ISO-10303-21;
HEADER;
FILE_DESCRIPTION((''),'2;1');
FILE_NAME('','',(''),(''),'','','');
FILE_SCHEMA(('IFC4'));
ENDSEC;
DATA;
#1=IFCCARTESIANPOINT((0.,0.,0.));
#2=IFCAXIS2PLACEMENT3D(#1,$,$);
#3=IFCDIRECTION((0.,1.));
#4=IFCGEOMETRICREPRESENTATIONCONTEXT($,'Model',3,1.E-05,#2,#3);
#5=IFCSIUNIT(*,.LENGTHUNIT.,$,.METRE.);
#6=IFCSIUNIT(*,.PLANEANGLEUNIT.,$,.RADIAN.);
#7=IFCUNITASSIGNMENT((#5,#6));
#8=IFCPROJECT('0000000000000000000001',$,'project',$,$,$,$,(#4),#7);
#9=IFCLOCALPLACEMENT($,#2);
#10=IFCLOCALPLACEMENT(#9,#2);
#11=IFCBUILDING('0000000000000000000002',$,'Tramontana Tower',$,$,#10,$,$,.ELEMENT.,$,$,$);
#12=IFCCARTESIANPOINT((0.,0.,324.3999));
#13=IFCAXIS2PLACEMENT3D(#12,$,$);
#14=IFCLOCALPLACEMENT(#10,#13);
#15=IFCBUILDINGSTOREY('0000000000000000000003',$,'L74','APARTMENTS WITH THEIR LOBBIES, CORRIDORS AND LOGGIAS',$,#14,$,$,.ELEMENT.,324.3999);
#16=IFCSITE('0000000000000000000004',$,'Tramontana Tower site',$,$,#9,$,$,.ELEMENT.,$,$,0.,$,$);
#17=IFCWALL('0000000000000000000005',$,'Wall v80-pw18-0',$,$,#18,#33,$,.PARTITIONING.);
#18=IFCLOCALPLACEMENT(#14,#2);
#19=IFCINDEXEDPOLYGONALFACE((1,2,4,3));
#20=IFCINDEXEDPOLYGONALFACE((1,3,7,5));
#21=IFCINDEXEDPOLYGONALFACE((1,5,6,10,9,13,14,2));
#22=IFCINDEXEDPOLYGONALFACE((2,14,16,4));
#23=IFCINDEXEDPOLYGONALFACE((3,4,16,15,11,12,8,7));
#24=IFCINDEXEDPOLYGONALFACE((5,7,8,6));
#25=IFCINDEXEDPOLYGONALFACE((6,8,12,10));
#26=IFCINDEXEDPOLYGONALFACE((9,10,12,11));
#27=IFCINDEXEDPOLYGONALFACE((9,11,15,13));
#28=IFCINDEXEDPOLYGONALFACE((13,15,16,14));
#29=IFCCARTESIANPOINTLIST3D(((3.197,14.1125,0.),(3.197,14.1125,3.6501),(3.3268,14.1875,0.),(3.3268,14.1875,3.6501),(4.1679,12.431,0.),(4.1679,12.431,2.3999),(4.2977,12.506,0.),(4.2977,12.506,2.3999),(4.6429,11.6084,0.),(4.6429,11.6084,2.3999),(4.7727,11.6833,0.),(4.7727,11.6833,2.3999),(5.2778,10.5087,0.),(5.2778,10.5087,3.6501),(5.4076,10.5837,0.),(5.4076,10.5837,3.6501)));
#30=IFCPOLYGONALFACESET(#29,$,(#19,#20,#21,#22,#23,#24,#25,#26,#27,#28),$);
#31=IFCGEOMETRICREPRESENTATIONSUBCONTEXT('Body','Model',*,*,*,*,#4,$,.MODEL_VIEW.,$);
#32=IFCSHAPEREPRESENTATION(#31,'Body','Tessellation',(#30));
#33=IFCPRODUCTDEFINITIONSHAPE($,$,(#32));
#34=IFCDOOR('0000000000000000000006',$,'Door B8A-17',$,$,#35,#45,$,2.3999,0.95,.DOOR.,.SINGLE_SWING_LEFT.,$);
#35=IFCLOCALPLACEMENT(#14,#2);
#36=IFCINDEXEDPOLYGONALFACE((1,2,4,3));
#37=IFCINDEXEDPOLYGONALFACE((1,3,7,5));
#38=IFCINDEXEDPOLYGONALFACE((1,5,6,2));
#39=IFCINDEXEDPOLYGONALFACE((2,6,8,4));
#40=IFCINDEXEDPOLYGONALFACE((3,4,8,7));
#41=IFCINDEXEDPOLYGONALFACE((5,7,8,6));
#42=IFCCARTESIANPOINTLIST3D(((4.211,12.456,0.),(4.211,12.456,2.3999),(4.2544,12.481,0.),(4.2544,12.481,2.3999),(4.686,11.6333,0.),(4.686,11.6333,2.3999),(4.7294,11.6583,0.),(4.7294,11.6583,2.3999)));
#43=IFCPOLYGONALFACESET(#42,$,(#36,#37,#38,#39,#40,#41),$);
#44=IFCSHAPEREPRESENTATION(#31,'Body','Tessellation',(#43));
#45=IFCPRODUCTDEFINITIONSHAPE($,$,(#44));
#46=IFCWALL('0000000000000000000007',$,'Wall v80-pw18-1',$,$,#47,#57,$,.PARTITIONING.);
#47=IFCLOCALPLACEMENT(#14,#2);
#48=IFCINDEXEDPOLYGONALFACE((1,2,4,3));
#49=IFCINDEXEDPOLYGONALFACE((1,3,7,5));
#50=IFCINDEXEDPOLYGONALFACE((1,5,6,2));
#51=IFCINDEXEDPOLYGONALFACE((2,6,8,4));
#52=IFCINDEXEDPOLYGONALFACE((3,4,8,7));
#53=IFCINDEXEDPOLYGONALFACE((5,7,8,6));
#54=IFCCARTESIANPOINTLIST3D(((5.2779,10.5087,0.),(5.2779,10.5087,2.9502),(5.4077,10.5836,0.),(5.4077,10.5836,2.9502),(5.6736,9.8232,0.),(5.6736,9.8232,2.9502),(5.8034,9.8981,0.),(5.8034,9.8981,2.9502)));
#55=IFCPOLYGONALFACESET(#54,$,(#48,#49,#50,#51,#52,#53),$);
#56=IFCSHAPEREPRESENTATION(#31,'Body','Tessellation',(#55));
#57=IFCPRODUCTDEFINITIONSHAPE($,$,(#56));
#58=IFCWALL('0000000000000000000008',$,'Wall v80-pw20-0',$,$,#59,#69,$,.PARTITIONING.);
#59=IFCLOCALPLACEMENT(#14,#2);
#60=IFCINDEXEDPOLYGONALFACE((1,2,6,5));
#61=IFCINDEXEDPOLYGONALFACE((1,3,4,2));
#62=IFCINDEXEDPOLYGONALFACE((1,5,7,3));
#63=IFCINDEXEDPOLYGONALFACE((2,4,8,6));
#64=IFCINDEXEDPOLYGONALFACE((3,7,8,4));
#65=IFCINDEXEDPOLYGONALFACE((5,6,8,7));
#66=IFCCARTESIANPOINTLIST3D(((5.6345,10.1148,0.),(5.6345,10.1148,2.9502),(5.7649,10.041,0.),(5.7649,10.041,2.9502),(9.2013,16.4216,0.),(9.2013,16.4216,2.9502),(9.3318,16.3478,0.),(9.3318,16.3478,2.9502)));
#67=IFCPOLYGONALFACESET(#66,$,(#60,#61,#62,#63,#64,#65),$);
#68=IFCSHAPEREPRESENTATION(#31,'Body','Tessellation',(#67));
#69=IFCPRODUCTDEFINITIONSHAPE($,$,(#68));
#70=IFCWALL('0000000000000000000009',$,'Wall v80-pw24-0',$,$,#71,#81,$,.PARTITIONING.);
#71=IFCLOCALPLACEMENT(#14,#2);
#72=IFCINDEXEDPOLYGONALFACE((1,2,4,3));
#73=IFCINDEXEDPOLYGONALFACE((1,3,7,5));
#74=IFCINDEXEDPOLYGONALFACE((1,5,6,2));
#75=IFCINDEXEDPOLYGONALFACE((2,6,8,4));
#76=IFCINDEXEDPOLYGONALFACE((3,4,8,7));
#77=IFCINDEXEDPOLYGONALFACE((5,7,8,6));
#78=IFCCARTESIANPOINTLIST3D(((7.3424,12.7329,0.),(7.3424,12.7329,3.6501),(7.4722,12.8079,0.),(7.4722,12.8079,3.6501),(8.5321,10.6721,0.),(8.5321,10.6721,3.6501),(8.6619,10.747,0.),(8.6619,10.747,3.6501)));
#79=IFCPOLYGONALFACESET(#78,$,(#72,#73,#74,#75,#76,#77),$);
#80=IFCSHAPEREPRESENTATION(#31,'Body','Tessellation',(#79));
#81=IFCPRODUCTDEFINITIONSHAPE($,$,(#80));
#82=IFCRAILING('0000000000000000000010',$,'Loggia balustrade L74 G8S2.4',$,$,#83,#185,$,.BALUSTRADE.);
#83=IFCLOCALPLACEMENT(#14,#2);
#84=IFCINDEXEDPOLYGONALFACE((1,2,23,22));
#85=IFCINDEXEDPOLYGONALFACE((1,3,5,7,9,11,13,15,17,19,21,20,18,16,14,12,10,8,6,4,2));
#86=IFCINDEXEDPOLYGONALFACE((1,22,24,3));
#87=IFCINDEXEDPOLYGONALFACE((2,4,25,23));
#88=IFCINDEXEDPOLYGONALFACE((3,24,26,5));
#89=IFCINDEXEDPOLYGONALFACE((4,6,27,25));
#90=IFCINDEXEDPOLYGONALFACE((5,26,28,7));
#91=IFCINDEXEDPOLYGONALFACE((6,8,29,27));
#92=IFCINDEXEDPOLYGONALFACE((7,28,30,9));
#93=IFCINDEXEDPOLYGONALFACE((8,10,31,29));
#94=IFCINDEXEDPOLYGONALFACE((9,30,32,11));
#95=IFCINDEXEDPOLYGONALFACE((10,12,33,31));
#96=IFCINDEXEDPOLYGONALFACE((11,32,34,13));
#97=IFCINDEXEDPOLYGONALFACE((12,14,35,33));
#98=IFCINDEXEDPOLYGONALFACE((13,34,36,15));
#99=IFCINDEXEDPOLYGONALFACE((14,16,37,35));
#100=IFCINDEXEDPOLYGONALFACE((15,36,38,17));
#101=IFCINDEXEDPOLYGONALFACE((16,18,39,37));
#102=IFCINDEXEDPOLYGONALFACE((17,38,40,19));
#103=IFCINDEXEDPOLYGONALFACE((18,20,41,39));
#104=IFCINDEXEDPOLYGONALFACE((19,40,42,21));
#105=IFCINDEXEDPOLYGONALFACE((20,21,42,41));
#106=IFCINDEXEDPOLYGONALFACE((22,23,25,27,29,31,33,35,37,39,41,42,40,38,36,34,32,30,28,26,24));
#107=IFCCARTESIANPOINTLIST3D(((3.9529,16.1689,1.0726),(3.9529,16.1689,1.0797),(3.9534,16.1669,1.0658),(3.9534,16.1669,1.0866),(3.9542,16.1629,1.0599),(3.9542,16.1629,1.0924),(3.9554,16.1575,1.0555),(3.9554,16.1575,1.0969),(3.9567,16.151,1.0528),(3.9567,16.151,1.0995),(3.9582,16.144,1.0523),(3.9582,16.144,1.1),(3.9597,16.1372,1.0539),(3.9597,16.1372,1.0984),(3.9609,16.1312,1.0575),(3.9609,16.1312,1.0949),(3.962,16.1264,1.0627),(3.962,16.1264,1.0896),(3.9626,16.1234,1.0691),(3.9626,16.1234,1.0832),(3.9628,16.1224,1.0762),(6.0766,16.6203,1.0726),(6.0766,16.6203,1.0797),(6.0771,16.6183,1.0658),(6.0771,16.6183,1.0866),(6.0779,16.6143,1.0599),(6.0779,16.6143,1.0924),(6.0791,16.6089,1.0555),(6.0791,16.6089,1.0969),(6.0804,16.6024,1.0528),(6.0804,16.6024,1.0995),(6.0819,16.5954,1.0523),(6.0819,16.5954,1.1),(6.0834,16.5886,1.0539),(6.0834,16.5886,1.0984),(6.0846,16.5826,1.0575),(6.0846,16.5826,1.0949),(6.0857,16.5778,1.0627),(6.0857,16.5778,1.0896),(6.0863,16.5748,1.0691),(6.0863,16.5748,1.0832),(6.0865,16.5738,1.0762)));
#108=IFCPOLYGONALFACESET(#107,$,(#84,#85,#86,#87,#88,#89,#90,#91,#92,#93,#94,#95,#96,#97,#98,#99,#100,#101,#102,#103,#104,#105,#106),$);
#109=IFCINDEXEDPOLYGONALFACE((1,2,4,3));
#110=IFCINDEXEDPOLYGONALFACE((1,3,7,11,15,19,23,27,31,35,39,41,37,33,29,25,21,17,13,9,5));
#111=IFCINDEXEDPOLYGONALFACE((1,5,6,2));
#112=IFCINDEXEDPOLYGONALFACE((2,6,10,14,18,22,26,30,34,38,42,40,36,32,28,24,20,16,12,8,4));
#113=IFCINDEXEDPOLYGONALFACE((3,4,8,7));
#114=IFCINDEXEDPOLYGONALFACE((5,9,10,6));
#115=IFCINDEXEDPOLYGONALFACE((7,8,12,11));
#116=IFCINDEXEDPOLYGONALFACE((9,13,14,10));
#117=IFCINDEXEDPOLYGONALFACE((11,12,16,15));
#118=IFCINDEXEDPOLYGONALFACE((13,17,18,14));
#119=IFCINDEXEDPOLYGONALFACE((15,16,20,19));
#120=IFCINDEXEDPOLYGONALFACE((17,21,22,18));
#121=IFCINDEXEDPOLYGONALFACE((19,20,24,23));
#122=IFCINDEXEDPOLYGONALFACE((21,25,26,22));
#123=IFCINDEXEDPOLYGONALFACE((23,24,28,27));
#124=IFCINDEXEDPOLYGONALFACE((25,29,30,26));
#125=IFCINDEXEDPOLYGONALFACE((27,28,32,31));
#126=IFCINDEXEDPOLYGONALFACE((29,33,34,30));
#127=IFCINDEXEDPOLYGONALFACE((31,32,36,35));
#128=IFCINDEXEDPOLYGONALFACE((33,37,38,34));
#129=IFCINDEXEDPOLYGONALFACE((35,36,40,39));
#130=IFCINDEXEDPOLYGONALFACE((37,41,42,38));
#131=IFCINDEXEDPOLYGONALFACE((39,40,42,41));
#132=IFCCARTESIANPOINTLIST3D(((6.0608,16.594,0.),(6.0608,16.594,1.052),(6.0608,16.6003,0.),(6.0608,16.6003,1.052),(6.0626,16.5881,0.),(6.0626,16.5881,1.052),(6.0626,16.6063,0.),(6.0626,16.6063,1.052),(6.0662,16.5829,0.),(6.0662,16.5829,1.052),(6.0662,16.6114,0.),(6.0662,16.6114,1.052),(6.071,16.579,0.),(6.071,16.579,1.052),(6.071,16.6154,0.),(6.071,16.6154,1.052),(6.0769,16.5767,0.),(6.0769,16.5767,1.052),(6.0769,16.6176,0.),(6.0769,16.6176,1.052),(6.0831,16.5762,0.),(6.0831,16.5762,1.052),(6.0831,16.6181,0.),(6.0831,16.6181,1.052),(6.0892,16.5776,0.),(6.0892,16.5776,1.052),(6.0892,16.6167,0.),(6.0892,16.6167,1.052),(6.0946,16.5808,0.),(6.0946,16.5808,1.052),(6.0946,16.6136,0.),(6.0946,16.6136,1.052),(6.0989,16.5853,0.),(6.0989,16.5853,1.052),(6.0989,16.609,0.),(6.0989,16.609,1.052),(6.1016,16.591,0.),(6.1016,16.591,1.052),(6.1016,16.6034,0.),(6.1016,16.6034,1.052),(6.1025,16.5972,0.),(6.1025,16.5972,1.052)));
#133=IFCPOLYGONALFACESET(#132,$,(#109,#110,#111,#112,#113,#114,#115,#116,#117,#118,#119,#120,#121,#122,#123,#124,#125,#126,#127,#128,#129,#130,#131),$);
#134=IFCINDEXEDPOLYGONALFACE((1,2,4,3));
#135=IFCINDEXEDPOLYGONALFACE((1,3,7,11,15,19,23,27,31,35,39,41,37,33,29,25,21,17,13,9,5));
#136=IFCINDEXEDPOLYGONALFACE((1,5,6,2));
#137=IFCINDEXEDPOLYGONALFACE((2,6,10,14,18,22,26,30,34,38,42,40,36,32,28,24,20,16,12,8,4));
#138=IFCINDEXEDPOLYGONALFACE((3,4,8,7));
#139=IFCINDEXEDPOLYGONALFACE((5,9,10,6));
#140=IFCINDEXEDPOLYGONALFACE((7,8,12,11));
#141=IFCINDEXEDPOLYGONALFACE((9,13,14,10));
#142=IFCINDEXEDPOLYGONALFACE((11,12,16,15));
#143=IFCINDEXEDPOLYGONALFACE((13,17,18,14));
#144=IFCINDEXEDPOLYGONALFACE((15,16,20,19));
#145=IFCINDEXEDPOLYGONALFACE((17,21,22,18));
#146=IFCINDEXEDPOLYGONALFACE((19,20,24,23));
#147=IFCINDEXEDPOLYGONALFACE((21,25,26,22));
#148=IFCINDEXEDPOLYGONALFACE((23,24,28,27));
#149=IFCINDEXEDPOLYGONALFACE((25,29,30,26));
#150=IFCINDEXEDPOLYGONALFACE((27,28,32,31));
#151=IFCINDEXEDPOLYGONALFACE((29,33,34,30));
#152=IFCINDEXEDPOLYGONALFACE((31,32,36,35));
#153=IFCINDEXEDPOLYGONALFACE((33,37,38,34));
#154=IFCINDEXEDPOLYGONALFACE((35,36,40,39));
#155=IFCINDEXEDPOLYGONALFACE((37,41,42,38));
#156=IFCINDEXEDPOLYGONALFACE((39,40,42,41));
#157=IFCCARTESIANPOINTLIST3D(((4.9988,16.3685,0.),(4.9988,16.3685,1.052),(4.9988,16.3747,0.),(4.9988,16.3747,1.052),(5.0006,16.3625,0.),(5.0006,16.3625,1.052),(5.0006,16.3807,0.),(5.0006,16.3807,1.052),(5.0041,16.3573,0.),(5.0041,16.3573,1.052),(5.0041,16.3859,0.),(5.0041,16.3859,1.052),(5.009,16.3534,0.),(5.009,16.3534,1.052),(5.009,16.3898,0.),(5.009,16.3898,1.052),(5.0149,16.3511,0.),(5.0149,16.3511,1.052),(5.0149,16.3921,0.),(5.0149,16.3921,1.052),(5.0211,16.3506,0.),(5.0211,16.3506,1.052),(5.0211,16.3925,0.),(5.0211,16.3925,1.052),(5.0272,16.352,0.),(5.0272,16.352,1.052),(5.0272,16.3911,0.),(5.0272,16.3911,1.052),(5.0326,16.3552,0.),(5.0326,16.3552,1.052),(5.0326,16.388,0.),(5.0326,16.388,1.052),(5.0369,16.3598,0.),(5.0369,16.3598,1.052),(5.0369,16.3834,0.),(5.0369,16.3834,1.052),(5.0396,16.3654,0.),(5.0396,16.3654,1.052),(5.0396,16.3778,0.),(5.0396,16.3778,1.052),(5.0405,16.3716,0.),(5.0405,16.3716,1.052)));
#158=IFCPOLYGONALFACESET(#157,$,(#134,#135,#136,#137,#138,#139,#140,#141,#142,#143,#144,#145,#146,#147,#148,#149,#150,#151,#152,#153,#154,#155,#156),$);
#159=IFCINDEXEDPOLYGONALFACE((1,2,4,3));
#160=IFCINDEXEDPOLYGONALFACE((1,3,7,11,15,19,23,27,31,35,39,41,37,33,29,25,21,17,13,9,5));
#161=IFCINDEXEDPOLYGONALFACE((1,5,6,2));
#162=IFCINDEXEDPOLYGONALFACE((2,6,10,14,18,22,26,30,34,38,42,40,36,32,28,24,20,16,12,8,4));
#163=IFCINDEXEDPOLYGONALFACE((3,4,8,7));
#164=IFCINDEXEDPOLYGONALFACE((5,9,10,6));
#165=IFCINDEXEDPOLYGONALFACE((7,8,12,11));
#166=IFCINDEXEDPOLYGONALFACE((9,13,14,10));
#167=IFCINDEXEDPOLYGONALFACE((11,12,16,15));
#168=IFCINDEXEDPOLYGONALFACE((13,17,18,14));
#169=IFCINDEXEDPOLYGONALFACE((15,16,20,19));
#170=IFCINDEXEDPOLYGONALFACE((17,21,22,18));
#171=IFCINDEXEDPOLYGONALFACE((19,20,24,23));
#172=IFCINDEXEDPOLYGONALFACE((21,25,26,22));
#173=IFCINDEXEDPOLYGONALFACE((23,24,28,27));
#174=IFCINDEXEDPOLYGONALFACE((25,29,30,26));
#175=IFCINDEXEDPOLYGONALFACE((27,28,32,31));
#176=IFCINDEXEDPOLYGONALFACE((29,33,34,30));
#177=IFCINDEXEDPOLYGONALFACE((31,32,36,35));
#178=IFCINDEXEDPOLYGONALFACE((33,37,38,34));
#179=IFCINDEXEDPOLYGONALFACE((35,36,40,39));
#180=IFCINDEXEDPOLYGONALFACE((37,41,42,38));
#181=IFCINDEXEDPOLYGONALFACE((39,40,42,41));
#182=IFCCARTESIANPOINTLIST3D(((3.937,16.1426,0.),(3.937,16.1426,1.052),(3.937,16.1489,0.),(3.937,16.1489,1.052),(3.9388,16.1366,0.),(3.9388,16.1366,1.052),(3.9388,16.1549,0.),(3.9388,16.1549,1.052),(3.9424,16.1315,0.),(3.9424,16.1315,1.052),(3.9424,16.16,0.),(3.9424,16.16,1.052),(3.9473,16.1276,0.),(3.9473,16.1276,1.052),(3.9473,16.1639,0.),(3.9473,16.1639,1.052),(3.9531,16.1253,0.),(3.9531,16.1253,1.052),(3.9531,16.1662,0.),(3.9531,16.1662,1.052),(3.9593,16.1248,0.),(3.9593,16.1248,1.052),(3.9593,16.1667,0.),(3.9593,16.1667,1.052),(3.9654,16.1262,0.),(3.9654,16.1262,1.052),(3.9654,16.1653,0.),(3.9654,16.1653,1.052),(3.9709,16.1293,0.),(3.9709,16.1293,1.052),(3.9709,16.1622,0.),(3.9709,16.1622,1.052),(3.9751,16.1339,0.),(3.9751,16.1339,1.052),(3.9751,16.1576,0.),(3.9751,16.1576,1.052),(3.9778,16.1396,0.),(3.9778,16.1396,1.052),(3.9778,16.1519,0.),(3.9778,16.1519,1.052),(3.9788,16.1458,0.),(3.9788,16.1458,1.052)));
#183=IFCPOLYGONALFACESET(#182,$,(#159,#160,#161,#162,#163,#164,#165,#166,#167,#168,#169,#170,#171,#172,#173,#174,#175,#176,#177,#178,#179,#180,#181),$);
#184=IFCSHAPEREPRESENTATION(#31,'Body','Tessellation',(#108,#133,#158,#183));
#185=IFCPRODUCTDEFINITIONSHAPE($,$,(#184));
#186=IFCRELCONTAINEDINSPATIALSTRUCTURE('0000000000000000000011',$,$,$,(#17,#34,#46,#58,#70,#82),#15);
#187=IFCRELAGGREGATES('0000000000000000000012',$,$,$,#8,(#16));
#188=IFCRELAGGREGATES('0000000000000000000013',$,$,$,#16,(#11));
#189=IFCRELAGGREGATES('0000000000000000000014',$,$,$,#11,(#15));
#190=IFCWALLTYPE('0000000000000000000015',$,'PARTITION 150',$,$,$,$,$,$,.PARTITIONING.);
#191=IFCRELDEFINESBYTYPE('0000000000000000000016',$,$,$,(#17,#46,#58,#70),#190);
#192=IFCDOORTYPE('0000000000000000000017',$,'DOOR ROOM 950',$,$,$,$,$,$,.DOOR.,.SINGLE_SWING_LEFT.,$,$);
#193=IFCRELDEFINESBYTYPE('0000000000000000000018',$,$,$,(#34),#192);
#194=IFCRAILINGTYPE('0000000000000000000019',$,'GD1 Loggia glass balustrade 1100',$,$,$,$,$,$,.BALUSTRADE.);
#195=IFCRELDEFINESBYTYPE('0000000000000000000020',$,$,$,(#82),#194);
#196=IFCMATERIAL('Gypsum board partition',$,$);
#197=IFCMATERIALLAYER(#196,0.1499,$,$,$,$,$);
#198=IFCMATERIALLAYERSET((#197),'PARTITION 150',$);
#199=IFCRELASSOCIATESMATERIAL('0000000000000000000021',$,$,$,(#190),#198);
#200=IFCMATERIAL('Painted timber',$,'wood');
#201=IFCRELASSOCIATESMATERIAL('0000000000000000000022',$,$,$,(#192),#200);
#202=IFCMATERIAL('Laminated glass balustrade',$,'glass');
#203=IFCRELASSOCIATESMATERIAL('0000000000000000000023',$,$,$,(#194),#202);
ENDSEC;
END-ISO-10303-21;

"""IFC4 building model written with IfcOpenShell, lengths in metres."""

from ifc_helpers import new_model, si_unit, direction, frame, frame_2d, origin, origin_2d, place, context, subcontext, project, spatial, rectangle, circle, extrude, material, layer, layer_set, type_object, element, fill, save


model = new_model("IFC4")

# Units and contexts
model_context = context("Model", 3, precision=1e-05, world=origin(), true_north=direction((0.0, 1.0)))
body_context = subcontext(model_context, "Body", "Model", "MODEL_VIEW")
ifc_project = project(units=[si_unit("LENGTHUNIT", "METRE"), si_unit("PLANEANGLEUNIT", "RADIAN")], contexts=[model_context])

# Site, building, storey
site_placement = place(None, origin())
site = spatial("IfcSite", under=ifc_project, at=site_placement, Name="Tramontana Tower site", CompositionType="ELEMENT", RefElevation=0.0)
building_placement = place(site_placement, origin())
building = spatial("IfcBuilding", under=site, at=building_placement, Name="Tramontana Tower", CompositionType="ELEMENT")
storey_placement = place(building_placement, frame((0.0, 0.0, 324.3999)))
storey = spatial("IfcBuildingStorey", under=building, at=storey_placement, Name="L74", Description="APARTMENTS WITH THEIR LOBBIES, CORRIDORS AND LOGGIAS", CompositionType="ELEMENT", Elevation=324.3999)

# Shared definitions
ifc_material_1 = material(Name="Gypsum board partition")
ifc_layer_1 = layer(ifc_material_1, 0.1499)
ifc_layer_set_1 = layer_set([ifc_layer_1], Name="PARTITION 150")
wall_type_1 = type_object("IfcWallType", Name="PARTITION 150", PredefinedType="PARTITIONING", material=ifc_layer_set_1)

# Wall, opening, door
wall_1_placement = place(storey_placement, frame((3.262, 14.1499, 0.0), z_axis=(0.0, 0.0, 1.0), x_axis=(0.500032, -0.866007, 0.0)))
wall_1 = element("IfcWall", 1, at=wall_1_placement, inside=storey, type_object=wall_type_1, Name="Wall v80-pw18-0", PredefinedType="PARTITIONING", context=body_context, shape_type="SweptSolid", body=[
    extrude(rectangle(XDim=4.1614, YDim=0.1499, at=frame_2d((2.0806, 0.0))), origin(), (0.0, 0.0, 1.0), 3.6501),
])
opening_1_placement = place(wall_1_placement, frame((1.9414, 0.0, 0.0)))
opening_1 = element("IfcOpeningElement", 2, at=opening_1_placement, cuts=wall_1, PredefinedType="OPENING", context=body_context, shape_type="SweptSolid", body=[
    extrude(rectangle(XDim=0.95, YDim=2.3999, at=frame_2d((0.4751, 1.2))), frame((0.0, 0.085, 0.0), z_axis=(0.0, -1.0, 0.0), x_axis=(1.0, 0.0, 0.0)), (0.0, 0.0, 1.0), 0.1699),
])
ifc_material_2 = material(Name="Painted timber", Category="wood")
door_type_1 = type_object("IfcDoorType", Name="DOOR ROOM 950", OperationType="SINGLE_SWING_LEFT", PredefinedType="DOOR", material=ifc_material_2)
door_1_placement = place(opening_1_placement, origin())
door_1 = element("IfcDoor", 3, at=door_1_placement, inside=storey, type_object=door_type_1, Name="Door B8A-17", OperationType="SINGLE_SWING_LEFT", OverallHeight=2.3999, OverallWidth=0.95, PredefinedType="DOOR", context=body_context, shape_type="SweptSolid", body=[
    extrude(rectangle(XDim=0.95, YDim=2.3999, at=frame_2d((0.4751, 1.2))), frame((0.0, 0.0249, 0.0), z_axis=(0.0, -1.0, 0.0), x_axis=(1.0, 0.0, 0.0)), (0.0, 0.0, 1.0), 0.05),
])
fill(opening_1, door_1)

# Walls
wall_2_placement = place(storey_placement, frame((5.3428, 10.5461, 0.0), z_axis=(0.0, 0.0, 1.0), x_axis=(0.499954, -0.866052, 0.0)))
element("IfcWall", 4, at=wall_2_placement, inside=storey, type_object=wall_type_1, Name="Wall v80-pw18-1", PredefinedType="PARTITIONING", context=body_context, shape_type="SweptSolid", body=[
    extrude(rectangle(XDim=0.7915, YDim=0.1499, at=frame_2d((0.3958, 0.0))), origin(), (0.0, 0.0, 1.0), 2.9502),
])
wall_3_placement = place(storey_placement, frame((5.6997, 10.0779, 0.0), z_axis=(0.0, 0.0, 1.0), x_axis=(0.49228, 0.870437, 0.0)))
element("IfcWall", 5, at=wall_3_placement, inside=storey, type_object=wall_type_1, Name="Wall v80-pw20-0", PredefinedType="PARTITIONING", context=body_context, shape_type="SweptSolid", body=[
    extrude(rectangle(XDim=7.2456, YDim=0.1499, at=frame_2d((3.6228, 0.0))), origin(), (0.0, 0.0, 1.0), 2.9502),
])
wall_4_placement = place(storey_placement, frame((7.4072, 12.7705, 0.0), z_axis=(0.0, 0.0, 1.0), x_axis=(0.499968, -0.866044, 0.0)))
element("IfcWall", 6, at=wall_4_placement, inside=storey, type_object=wall_type_1, Name="Wall v80-pw24-0", PredefinedType="PARTITIONING", context=body_context, shape_type="SweptSolid", body=[
    extrude(rectangle(XDim=2.3796, YDim=0.1499, at=frame_2d((1.1899, 0.0))), origin(), (0.0, 0.0, 1.0), 3.6501),
])

# Railing
ifc_material_3 = material(Name="Laminated glass balustrade", Category="glass")
railing_type = type_object("IfcRailingType", Name="GD1 Loggia glass balustrade 1100", PredefinedType="BALUSTRADE", material=ifc_material_3)
railing_placement = place(storey_placement, frame((6.0815, 16.5972, 0.0)))
element("IfcRailing", 7, at=railing_placement, inside=storey, type_object=railing_type, Name="Loggia balustrade L74 G8S2.4", PredefinedType="BALUSTRADE", context=body_context, shape_type="SweptSolid", body=[
    extrude(circle(Radius=0.0239, at=origin_2d()), frame((0.0, 0.0, 1.0762), z_axis=(-0.978148, -0.207909, 0.0), x_axis=(0.207909, -0.978148, 0.0)), (0.0, 0.0, 1.0), 2.1711),
    extrude(circle(Radius=0.021, at=origin_2d()), origin(), (0.0, 0.0, 1.0), 1.052),
    extrude(circle(Radius=0.021, at=origin_2d()), frame((-1.062, -0.2256, 0.0)), (0.0, 0.0, 1.0), 1.052),
    extrude(circle(Radius=0.021, at=origin_2d()), frame((-2.1238, -0.4514, 0.0)), (0.0, 0.0, 1.0), 1.052),
])

save(model, "model.ifc")
